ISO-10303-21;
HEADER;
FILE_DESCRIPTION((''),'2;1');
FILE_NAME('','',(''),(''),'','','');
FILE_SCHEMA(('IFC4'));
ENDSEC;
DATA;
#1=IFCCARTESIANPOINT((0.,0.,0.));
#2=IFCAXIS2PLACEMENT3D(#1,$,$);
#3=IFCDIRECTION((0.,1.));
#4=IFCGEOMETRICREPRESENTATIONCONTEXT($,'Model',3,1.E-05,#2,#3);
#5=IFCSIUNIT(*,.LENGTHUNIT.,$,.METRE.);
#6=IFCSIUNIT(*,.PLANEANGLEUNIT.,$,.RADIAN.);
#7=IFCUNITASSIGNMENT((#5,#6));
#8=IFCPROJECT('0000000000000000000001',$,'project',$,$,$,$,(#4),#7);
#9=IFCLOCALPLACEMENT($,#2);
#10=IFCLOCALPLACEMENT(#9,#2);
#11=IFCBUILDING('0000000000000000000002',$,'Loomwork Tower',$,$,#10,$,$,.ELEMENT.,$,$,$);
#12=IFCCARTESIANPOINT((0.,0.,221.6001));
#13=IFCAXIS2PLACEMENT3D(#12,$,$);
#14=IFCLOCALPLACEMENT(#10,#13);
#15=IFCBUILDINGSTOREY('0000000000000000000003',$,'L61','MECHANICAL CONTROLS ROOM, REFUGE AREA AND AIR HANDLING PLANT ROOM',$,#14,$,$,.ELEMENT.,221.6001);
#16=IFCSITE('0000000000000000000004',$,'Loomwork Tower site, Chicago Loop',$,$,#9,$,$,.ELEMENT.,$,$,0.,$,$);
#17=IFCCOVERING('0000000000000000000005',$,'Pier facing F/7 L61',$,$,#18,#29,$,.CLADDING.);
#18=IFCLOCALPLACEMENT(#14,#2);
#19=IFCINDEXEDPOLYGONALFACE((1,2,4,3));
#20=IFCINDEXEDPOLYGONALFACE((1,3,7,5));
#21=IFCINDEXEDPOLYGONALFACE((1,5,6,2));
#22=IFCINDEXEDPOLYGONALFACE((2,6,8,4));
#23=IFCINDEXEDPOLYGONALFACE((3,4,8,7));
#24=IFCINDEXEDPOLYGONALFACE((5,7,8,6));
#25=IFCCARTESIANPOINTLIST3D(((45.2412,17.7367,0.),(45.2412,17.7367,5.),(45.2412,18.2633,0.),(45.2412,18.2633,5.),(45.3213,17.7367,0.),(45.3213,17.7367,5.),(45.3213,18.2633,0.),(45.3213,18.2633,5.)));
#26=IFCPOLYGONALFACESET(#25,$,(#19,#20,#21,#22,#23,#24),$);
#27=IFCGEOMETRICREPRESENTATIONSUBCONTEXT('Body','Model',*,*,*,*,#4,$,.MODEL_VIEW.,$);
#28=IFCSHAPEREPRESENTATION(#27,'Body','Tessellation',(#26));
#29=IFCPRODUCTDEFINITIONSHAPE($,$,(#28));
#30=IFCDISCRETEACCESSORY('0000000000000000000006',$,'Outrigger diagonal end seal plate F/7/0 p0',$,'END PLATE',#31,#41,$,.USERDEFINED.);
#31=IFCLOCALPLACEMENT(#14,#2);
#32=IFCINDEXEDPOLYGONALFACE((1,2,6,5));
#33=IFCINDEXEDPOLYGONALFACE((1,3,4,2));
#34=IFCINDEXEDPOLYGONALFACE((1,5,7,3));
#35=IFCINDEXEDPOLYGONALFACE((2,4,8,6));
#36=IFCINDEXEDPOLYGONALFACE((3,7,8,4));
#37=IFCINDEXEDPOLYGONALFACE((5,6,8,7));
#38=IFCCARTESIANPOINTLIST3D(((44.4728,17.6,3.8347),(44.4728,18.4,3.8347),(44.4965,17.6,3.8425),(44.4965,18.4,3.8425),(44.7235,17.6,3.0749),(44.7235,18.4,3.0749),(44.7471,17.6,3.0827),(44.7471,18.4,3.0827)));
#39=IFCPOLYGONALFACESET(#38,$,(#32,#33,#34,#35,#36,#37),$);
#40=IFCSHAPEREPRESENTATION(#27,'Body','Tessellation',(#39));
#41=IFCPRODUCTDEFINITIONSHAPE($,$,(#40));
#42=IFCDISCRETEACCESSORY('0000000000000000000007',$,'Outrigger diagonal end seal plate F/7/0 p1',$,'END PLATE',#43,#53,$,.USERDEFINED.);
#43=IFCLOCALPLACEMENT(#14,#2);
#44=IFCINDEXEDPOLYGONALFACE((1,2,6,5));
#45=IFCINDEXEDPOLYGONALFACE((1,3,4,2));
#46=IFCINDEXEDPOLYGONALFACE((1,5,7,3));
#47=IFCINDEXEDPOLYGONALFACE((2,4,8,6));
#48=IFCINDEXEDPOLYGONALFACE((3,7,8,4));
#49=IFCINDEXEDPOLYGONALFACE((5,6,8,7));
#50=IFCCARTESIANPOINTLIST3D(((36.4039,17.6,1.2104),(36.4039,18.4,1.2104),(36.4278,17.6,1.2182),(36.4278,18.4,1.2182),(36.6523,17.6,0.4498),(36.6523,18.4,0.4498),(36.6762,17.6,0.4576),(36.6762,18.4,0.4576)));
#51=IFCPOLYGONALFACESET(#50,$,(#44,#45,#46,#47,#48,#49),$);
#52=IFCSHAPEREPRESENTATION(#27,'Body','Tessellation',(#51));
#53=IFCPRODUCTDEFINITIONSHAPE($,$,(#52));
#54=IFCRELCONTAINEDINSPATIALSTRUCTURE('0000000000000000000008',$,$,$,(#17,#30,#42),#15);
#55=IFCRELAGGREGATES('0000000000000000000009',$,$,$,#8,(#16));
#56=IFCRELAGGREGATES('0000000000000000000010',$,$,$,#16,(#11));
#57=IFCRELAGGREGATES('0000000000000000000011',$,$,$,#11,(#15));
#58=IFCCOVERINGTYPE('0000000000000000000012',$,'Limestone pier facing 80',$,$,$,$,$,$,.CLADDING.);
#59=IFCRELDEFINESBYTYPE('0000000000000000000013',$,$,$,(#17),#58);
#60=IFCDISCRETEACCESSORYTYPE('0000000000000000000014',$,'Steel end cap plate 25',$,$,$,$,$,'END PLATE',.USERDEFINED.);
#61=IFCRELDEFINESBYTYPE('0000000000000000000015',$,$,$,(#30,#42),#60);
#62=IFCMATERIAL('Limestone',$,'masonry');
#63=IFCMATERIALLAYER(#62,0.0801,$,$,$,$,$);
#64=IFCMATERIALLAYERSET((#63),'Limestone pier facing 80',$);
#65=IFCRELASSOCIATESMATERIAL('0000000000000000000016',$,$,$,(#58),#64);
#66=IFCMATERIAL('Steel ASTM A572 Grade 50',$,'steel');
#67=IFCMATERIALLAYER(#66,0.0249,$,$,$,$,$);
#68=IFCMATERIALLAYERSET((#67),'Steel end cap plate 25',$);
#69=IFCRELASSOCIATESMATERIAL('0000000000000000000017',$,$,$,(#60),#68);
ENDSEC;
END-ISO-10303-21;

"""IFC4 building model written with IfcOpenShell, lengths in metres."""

from ifc_helpers import new_model, si_unit, direction, frame, origin, origin_2d, place, context, subcontext, project, spatial, rectangle, extrude, material, layer, layer_set, type_object, element, save


model = new_model("IFC4")

# Units and contexts
model_context = context("Model", 3, precision=1e-05, world=origin(), true_north=direction((0.0, 1.0)))
body_context = subcontext(model_context, "Body", "Model", "MODEL_VIEW")
ifc_project = project(units=[si_unit("LENGTHUNIT", "METRE"), si_unit("PLANEANGLEUNIT", "RADIAN")], contexts=[model_context])

# Site, building, storey
site_placement = place(None, origin())
site = spatial("IfcSite", under=ifc_project, at=site_placement, Name="Loomwork Tower site, Chicago Loop", CompositionType="ELEMENT", RefElevation=0.0)
building_placement = place(site_placement, origin())
building = spatial("IfcBuilding", under=site, at=building_placement, Name="Loomwork Tower", CompositionType="ELEMENT")
storey_placement = place(building_placement, frame((0.0, 0.0, 221.6001)))
storey = spatial("IfcBuildingStorey", under=building, at=storey_placement, Name="L61", Description="MECHANICAL CONTROLS ROOM, REFUGE AREA AND AIR HANDLING PLANT ROOM", CompositionType="ELEMENT", Elevation=221.6001)

# Covering
ifc_material_1 = material(Name="Limestone", Category="masonry")
ifc_layer_1 = layer(ifc_material_1, 0.0801)
ifc_layer_set_1 = layer_set([ifc_layer_1], Name="Limestone pier facing 80")
covering_type = type_object("IfcCoveringType", Name="Limestone pier facing 80", PredefinedType="CLADDING", material=ifc_layer_set_1)
covering_placement = place(storey_placement, frame((45.2812, 18.0, 0.0), z_axis=(0.0, 0.0, 1.0), x_axis=(1.0, 0.0, 0.0)))
element("IfcCovering", 1, at=covering_placement, inside=storey, type_object=covering_type, Name="Pier facing F/7 L61", PredefinedType="CLADDING", context=body_context, shape_type="SweptSolid", body=[
    extrude(rectangle(XDim=0.0801, YDim=0.5266, at=origin_2d()), origin(), (0.0, 0.0, 1.0), 5.0),
])

# Discrete accessories
ifc_material_2 = material(Name="Steel ASTM A572 Grade 50", Category="steel")
ifc_layer_2 = layer(ifc_material_2, 0.0249)
ifc_layer_set_2 = layer_set([ifc_layer_2], Name="Steel end cap plate 25")
discrete_accessory_type = type_object("IfcDiscreteAccessoryType", Name="Steel end cap plate 25", ElementType="END PLATE", PredefinedType="USERDEFINED", material=ifc_layer_set_2)
discrete_accessory_1_placement = place(storey_placement, frame((44.5981, 18.0, 3.4548), z_axis=(0.949658, 0.0, 0.313289), x_axis=(0.0, 1.0, 0.0)))
element("IfcDiscreteAccessory", 2, at=discrete_accessory_1_placement, inside=storey, type_object=discrete_accessory_type, Name="Outrigger diagonal end seal plate F/7/0 p0", ObjectType="END PLATE", PredefinedType="USERDEFINED", context=body_context, shape_type="SweptSolid", body=[
    extrude(rectangle(XDim=0.8, YDim=0.8, at=origin_2d()), origin(), (0.0, 0.0, 1.0), 0.0249),
])
discrete_accessory_2_placement = place(storey_placement, frame((36.552, 18.0, 0.8379), z_axis=(-0.950605, 0.0, -0.310402), x_axis=(0.0, -1.0, 0.0)))
element("IfcDiscreteAccessory", 3, at=discrete_accessory_2_placement, inside=storey, type_object=discrete_accessory_type, Name="Outrigger diagonal end seal plate F/7/0 p1", ObjectType="END PLATE", PredefinedType="USERDEFINED", context=body_context, shape_type="SweptSolid", body=[
    extrude(rectangle(XDim=0.8, YDim=0.8, at=origin_2d()), origin(), (0.0, 0.0, 1.0), 0.0251),
])

save(model, "model.ifc")
